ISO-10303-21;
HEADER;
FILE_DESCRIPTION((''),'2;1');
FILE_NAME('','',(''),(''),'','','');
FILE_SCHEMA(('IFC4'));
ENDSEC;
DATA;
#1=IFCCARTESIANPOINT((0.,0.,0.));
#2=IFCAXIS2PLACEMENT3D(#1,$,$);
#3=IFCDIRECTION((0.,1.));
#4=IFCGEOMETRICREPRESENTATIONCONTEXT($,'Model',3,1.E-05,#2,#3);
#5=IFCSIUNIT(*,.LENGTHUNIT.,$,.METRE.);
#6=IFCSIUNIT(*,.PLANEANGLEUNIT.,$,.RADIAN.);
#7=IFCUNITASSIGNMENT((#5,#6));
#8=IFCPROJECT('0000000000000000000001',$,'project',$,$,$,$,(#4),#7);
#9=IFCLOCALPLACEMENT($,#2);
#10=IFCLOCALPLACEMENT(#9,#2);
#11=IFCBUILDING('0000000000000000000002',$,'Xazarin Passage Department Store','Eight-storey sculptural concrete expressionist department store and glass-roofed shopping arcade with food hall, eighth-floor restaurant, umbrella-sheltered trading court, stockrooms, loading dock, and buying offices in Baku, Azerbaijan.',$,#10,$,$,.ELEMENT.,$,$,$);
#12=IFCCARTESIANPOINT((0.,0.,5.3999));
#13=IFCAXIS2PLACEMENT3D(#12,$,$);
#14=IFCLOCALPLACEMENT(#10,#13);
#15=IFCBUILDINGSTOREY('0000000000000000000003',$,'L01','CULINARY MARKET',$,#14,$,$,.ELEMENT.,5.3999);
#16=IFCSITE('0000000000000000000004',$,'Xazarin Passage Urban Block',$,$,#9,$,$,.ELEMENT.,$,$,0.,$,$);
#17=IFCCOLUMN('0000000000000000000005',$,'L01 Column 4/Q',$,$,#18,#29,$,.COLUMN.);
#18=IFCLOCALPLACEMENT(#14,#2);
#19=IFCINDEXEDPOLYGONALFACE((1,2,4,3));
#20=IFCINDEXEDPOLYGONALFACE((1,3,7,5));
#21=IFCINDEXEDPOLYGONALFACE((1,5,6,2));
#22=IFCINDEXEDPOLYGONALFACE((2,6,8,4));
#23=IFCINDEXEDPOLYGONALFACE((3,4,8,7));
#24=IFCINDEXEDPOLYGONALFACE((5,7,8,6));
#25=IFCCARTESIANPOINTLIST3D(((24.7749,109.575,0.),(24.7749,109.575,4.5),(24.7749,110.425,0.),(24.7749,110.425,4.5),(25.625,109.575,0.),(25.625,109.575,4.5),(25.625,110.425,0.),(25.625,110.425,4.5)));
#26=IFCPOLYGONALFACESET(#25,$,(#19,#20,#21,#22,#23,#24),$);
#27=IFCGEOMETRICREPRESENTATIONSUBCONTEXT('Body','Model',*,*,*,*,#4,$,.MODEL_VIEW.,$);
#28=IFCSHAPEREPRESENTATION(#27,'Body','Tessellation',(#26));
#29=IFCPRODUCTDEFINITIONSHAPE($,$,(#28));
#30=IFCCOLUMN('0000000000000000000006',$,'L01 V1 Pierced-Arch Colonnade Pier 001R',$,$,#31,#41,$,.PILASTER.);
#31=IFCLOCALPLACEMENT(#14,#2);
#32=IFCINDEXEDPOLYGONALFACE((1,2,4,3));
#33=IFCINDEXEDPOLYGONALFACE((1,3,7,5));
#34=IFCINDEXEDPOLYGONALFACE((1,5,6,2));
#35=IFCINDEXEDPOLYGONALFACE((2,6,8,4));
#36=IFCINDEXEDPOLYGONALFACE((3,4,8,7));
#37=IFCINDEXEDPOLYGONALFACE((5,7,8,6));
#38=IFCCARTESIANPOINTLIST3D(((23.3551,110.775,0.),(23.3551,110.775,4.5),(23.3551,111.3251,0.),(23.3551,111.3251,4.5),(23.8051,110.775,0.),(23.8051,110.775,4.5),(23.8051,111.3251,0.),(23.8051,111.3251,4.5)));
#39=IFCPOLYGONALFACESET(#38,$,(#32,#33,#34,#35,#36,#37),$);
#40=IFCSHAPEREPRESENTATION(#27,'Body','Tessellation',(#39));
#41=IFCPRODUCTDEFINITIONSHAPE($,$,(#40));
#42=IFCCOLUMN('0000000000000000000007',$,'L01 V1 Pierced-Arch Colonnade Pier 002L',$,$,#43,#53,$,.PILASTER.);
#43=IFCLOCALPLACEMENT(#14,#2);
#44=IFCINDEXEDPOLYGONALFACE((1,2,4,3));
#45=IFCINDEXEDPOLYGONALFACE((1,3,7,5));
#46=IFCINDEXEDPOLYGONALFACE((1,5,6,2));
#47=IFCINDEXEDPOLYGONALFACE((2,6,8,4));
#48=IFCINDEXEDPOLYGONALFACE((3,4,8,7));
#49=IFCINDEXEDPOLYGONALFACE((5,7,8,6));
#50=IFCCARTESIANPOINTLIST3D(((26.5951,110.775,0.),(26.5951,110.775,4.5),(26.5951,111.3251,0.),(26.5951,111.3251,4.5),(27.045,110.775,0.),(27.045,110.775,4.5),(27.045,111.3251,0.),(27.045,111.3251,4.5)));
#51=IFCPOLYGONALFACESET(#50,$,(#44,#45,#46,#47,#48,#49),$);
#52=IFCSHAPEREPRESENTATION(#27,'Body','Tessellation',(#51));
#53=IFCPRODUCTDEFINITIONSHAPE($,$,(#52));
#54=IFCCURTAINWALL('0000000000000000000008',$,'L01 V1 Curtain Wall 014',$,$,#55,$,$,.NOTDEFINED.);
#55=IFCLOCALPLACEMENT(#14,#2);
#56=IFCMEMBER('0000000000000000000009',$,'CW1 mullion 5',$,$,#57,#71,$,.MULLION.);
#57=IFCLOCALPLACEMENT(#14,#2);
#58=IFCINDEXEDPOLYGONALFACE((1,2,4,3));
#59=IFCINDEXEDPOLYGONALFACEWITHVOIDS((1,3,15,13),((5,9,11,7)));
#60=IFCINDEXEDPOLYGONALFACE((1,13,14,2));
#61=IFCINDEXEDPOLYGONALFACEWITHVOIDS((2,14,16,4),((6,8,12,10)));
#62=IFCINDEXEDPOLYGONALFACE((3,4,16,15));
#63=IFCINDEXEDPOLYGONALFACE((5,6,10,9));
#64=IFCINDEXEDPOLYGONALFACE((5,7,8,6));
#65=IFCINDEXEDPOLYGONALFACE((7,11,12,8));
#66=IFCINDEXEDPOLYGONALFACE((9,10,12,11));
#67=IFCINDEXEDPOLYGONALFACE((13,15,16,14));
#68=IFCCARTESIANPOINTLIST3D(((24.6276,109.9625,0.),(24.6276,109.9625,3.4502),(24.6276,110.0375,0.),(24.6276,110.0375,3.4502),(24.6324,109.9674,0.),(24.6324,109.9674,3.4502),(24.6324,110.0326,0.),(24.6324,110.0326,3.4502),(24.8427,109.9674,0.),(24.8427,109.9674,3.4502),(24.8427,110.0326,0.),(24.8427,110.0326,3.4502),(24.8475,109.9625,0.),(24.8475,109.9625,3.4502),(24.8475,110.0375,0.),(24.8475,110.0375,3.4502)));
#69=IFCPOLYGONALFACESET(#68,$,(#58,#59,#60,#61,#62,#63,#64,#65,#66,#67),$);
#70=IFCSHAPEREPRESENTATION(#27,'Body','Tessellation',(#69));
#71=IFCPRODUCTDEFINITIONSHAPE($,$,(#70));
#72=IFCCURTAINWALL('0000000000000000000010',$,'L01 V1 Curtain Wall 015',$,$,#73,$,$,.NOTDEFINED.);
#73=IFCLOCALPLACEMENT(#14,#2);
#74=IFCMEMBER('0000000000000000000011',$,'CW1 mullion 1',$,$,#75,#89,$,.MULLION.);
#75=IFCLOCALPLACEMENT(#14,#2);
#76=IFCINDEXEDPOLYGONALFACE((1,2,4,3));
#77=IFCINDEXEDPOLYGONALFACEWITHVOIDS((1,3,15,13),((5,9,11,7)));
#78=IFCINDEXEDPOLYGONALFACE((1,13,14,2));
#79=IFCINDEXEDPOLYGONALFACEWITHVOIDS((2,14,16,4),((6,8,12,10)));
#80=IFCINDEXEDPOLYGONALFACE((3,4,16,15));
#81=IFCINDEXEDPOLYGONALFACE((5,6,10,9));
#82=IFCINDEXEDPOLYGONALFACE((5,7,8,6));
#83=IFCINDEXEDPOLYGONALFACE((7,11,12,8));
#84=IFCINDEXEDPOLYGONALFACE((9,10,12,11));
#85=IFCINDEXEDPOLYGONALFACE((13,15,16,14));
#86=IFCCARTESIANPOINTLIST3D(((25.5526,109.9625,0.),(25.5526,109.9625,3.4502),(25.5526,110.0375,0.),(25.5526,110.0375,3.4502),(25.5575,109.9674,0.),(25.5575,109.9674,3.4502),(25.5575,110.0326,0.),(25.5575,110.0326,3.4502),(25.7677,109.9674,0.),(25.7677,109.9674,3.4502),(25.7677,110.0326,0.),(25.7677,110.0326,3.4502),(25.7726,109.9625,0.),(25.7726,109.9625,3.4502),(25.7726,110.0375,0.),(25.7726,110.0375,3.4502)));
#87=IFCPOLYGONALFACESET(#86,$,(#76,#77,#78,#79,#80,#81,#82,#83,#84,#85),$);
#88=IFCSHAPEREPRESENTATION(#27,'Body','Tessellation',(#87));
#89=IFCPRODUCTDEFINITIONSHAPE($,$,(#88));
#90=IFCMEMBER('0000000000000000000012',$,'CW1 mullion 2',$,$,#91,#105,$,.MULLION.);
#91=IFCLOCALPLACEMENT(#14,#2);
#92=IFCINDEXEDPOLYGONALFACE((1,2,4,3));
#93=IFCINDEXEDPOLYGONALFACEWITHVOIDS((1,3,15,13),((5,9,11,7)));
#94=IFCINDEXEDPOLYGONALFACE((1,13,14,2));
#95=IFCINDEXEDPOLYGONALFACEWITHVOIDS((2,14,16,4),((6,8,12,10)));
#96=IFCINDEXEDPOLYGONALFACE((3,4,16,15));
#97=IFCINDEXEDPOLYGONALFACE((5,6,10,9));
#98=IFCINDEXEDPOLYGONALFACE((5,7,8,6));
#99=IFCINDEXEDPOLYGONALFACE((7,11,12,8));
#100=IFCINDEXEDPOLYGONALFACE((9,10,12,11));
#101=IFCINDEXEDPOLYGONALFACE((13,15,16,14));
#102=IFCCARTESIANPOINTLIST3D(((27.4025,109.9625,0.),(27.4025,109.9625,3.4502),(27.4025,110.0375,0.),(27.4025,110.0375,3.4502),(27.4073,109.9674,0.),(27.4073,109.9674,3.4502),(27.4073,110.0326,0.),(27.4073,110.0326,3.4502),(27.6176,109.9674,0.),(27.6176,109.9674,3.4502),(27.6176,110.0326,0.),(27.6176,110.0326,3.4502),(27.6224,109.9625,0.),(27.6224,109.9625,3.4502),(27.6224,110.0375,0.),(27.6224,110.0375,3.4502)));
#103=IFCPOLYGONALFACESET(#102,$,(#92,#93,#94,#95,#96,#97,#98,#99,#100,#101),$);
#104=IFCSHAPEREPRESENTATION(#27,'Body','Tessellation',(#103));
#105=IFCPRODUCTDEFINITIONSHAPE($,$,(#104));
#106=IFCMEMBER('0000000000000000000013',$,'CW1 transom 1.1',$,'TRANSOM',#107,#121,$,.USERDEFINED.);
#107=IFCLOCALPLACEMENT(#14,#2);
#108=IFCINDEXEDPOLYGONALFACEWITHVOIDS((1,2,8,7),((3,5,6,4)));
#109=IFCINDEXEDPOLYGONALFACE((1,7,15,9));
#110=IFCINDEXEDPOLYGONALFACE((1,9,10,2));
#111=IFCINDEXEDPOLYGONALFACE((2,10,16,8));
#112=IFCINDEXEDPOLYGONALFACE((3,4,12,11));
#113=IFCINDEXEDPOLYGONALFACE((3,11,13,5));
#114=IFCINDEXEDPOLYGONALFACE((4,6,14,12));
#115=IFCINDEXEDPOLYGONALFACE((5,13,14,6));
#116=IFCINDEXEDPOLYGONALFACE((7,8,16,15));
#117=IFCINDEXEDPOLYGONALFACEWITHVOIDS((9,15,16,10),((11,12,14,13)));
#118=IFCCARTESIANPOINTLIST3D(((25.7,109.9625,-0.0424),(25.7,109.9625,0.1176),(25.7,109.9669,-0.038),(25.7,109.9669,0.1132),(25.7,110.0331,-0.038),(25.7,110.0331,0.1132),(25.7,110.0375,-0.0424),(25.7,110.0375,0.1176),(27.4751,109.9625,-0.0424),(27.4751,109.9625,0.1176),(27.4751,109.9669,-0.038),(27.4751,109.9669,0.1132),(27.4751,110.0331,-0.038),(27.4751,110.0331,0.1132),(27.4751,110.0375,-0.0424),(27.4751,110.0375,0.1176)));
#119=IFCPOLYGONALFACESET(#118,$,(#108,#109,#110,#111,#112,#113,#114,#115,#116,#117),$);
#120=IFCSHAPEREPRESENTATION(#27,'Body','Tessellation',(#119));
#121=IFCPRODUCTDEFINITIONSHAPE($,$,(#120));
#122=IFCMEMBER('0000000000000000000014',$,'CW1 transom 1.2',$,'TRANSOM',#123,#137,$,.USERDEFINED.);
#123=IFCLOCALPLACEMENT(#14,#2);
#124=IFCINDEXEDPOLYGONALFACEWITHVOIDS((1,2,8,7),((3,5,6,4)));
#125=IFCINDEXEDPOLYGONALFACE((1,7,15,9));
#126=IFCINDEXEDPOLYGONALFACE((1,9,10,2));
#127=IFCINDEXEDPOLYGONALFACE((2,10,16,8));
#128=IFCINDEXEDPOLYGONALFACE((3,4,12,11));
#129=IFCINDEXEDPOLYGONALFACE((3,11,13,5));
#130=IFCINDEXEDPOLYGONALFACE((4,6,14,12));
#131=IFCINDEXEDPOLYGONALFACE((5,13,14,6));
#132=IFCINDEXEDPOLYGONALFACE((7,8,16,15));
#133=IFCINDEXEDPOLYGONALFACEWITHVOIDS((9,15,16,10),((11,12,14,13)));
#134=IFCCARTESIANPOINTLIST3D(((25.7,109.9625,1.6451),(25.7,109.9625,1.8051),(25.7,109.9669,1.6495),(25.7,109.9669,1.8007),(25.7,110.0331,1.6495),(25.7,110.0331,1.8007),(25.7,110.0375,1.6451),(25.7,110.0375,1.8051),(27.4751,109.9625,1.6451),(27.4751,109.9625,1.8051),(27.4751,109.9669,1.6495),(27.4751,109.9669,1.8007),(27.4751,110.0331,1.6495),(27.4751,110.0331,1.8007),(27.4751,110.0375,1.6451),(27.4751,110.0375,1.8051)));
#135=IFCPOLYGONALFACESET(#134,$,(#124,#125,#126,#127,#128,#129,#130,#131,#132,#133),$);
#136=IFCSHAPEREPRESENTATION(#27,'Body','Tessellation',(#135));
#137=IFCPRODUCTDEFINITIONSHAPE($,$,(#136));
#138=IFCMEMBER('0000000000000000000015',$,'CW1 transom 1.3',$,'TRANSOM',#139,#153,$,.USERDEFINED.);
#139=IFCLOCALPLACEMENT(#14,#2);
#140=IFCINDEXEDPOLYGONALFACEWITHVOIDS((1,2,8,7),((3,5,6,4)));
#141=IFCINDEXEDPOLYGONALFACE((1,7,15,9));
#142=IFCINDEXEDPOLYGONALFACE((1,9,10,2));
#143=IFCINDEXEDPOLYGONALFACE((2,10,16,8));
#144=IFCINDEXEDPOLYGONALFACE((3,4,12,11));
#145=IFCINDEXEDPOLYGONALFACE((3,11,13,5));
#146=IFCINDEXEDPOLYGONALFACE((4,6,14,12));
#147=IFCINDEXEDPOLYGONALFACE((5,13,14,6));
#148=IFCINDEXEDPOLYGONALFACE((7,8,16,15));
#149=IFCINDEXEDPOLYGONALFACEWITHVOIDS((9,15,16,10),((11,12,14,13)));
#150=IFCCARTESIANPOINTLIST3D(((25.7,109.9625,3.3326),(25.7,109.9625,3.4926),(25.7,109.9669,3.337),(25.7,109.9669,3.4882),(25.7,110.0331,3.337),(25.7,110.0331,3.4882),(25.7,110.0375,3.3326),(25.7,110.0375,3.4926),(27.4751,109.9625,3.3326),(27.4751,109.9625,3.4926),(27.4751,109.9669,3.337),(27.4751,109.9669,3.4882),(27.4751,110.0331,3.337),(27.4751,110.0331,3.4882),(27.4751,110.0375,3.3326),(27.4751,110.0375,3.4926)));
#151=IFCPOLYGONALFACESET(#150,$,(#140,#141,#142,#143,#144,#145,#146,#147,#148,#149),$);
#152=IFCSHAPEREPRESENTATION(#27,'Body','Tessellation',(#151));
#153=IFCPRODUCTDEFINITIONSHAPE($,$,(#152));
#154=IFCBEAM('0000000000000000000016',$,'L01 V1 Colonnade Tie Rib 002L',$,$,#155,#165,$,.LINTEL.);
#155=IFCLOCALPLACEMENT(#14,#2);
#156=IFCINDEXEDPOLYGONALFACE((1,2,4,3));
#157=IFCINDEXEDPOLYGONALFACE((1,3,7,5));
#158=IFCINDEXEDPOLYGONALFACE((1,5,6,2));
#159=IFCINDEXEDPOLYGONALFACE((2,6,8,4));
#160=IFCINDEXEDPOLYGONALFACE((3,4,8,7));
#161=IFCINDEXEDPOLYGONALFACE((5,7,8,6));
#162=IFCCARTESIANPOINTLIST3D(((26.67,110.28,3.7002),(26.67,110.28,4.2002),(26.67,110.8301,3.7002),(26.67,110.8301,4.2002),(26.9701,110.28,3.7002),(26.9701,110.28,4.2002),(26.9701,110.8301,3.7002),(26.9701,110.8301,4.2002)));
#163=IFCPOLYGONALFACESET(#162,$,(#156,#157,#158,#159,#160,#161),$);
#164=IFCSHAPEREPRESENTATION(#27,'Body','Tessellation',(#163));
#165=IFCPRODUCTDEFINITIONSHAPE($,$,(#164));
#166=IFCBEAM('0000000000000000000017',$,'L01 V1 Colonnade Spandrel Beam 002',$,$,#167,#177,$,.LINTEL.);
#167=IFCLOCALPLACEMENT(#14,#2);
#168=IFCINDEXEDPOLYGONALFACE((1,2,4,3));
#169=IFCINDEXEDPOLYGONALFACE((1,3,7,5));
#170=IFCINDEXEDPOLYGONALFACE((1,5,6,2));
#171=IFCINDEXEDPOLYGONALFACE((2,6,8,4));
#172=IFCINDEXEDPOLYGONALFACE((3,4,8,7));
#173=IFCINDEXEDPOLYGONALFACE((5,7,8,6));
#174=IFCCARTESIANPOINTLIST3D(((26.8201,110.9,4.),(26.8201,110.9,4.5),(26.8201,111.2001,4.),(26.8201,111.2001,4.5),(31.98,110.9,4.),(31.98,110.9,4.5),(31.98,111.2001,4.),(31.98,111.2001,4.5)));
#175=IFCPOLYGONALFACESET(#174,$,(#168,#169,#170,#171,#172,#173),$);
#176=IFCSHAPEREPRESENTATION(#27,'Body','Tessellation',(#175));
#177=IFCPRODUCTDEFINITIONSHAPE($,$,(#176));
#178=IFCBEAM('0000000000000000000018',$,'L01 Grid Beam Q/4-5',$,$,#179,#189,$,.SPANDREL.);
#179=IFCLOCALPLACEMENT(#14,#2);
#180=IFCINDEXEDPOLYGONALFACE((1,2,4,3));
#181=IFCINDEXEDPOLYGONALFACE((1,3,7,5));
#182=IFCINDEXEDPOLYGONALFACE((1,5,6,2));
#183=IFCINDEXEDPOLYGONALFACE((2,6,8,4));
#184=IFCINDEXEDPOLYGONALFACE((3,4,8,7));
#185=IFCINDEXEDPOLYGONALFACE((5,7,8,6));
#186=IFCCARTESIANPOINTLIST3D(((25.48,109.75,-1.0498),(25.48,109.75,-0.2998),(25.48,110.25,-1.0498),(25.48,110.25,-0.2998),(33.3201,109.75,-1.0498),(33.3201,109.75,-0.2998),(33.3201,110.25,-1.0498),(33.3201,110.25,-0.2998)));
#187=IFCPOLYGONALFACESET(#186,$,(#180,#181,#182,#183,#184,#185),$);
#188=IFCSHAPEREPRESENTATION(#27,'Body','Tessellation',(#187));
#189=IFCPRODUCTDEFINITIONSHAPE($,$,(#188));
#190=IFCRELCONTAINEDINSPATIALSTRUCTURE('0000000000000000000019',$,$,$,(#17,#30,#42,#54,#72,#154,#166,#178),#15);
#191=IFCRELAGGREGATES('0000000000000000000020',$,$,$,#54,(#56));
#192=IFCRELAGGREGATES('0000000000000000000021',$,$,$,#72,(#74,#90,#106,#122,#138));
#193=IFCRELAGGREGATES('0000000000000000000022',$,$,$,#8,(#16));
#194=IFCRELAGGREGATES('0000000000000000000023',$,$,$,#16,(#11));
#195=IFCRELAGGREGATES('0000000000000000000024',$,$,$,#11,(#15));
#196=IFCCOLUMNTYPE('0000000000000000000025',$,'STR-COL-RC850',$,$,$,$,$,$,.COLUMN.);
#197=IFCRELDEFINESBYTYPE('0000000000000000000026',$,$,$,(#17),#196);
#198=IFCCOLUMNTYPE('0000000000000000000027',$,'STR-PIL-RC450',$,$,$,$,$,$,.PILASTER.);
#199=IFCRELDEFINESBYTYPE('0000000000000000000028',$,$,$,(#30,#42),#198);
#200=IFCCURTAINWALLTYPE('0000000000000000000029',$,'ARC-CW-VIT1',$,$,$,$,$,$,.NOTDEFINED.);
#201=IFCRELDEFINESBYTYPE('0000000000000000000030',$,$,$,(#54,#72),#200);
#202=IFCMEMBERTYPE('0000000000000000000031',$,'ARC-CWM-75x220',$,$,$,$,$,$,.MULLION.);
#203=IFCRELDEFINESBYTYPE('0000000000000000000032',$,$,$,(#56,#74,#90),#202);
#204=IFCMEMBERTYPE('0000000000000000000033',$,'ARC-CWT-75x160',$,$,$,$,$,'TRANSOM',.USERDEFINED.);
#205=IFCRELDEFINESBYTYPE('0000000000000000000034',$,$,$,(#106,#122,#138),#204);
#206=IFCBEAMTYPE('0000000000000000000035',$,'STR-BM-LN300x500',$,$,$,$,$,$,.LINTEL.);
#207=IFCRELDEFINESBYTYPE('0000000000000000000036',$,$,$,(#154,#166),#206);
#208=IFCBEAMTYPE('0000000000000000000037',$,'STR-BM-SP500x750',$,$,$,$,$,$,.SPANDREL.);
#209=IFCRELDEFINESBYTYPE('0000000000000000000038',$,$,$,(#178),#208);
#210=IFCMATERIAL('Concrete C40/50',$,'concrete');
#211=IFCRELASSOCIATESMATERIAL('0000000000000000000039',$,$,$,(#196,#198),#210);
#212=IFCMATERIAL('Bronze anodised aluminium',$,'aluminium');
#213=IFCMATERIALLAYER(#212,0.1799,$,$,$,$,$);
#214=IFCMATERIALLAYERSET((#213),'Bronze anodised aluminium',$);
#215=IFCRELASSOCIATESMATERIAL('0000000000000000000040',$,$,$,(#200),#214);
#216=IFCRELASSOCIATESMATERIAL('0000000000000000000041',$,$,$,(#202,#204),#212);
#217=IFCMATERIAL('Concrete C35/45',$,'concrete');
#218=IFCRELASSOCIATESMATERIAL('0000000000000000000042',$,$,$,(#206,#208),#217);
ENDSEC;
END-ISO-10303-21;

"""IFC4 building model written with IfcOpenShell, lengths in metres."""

from ifc_helpers import new_model, si_unit, direction, frame, origin, origin_2d, place, context, subcontext, project, spatial, rectangle, hollow_rectangle, extrude, material, layer, layer_set, material_profile, profile_set, type_object, element, aggregate, save


model = new_model("IFC4")

# Units and contexts
model_context = context("Model", 3, precision=1e-05, world=origin(), true_north=direction((0.0, 1.0)))
body_context = subcontext(model_context, "Body", "Model", "MODEL_VIEW")
ifc_project = project(units=[si_unit("LENGTHUNIT", "METRE"), si_unit("PLANEANGLEUNIT", "RADIAN")], contexts=[model_context])

# Site, building, storey
site_placement = place(None, origin())
site = spatial("IfcSite", under=ifc_project, at=site_placement, Name="Xazarin Passage Urban Block", CompositionType="ELEMENT", RefElevation=0.0)
building_placement = place(site_placement, origin())
building = spatial("IfcBuilding", under=site, at=building_placement, Name="Xazarin Passage Department Store", Description="Eight-storey sculptural concrete expressionist department store and glass-roofed shopping arcade with food hall, eighth-floor restaurant, umbrella-sheltered trading court, stockrooms, loading dock, and buying offices in Baku, Azerbaijan.", CompositionType="ELEMENT")
storey_placement = place(building_placement, frame((0.0, 0.0, 5.3999)))
storey = spatial("IfcBuildingStorey", under=building, at=storey_placement, Name="L01", Description="CULINARY MARKET", CompositionType="ELEMENT", Elevation=5.3999)

# Columns
ifc_material_1 = material(Name="Concrete C40/50", Category="concrete")
ifc_material_profile_1 = material_profile(ifc_material_1, rectangle(XDim=0.8501, YDim=0.8501, at=origin_2d()), Name="RC 850x850")
ifc_profile_set_1 = profile_set([ifc_material_profile_1], Name="Concrete C40/50")
column_type_1 = type_object("IfcColumnType", Name="STR-COL-RC850", PredefinedType="COLUMN", material=ifc_profile_set_1)
column_placement = place(storey_placement, frame((25.2, 110.0, 0.0), z_axis=(0.0, 0.0, 1.0), x_axis=(1.0, 0.0, 0.0)))
element("IfcColumn", 1, at=column_placement, inside=storey, type_object=column_type_1, Name="L01 Column 4/Q", PredefinedType="COLUMN", context=body_context, shape_type="SweptSolid", body=[
    extrude(rectangle(XDim=0.8501, YDim=0.8501, at=origin_2d()), origin(), (0.0, 0.0, 1.0), 4.5),
])
ifc_material_profile_2 = material_profile(ifc_material_1, rectangle(XDim=0.45, YDim=0.55, at=origin_2d()), Name="RC 450x550")
ifc_profile_set_2 = profile_set([ifc_material_profile_2], Name="Concrete C40/50")
column_type_2 = type_object("IfcColumnType", Name="STR-PIL-RC450", PredefinedType="PILASTER", material=ifc_profile_set_2)
for number, where, z_axis, x_axis, name in (
    (2, (23.5801, 111.05, 0.0), (0.0, 0.0, 1.0), (1.0, 0.0, 0.0), "L01 V1 Pierced-Arch Colonnade Pier 001R"),
    (3, (26.8201, 111.05, 0.0), (0.0, 0.0, 1.0), (1.0, 0.0, 0.0), "L01 V1 Pierced-Arch Colonnade Pier 002L"),
):
    element("IfcColumn", number, at=place(storey_placement, frame(where, z_axis=z_axis, x_axis=x_axis)), inside=storey, type_object=column_type_2, Name=name, PredefinedType="PILASTER", context=body_context, shape_type="SweptSolid", body=[
        extrude(rectangle(XDim=0.45, YDim=0.55, at=origin_2d()), origin(), (0.0, 0.0, 1.0), 4.5),
    ])

# Curtain wall, member
ifc_material_2 = material(Name="Bronze anodised aluminium", Category="aluminium")
ifc_layer_1 = layer(ifc_material_2, 0.1799)
ifc_layer_set_1 = layer_set([ifc_layer_1], Name="Bronze anodised aluminium")
curtain_wall_type = type_object("IfcCurtainWallType", Name="ARC-CW-VIT1", PredefinedType="NOTDEFINED", material=ifc_layer_set_1)
curtain_wall_1_placement = place(storey_placement, origin())
curtain_wall_1 = element("IfcCurtainWall", 4, at=curtain_wall_1_placement, inside=storey, type_object=curtain_wall_type, Name="L01 V1 Curtain Wall 014", PredefinedType="NOTDEFINED")
ifc_material_profile_3 = material_profile(ifc_material_2, hollow_rectangle(XDim=0.075, YDim=0.22, WallThickness=0.0049, at=origin_2d()), Name="ALU 75x220")
ifc_profile_set_3 = profile_set([ifc_material_profile_3], Name="Bronze anodised aluminium")
member_type_1 = type_object("IfcMemberType", Name="ARC-CWM-75x220", PredefinedType="MULLION", material=ifc_profile_set_3)
member_1_placement = place(storey_placement, frame((24.7375, 110.0, 0.0), z_axis=(0.0, 0.0, 1.0), x_axis=(0.0, 1.0, 0.0)))
member_1 = element("IfcMember", 5, at=member_1_placement, type_object=member_type_1, Name="CW1 mullion 5", PredefinedType="MULLION", context=body_context, shape_type="SweptSolid", body=[
    extrude(hollow_rectangle(XDim=0.075, YDim=0.22, WallThickness=0.0049, at=origin_2d()), origin(), (0.0, 0.0, 1.0), 3.4502),
])

# Curtain wall, members
curtain_wall_2_placement = place(storey_placement, origin())
curtain_wall_2 = element("IfcCurtainWall", 6, at=curtain_wall_2_placement, inside=storey, type_object=curtain_wall_type, Name="L01 V1 Curtain Wall 015", PredefinedType="NOTDEFINED")
member_2_placement = place(storey_placement, frame((25.6626, 110.0, 0.0), z_axis=(0.0, 0.0, 1.0), x_axis=(0.0, 1.0, 0.0)))
member_2 = element("IfcMember", 7, at=member_2_placement, type_object=member_type_1, Name="CW1 mullion 1", PredefinedType="MULLION", context=body_context, shape_type="SweptSolid", body=[
    extrude(hollow_rectangle(XDim=0.075, YDim=0.22, WallThickness=0.0049, at=origin_2d()), origin(), (0.0, 0.0, 1.0), 3.4502),
])
member_3_placement = place(storey_placement, frame((27.5125, 110.0, 0.0), z_axis=(0.0, 0.0, 1.0), x_axis=(0.0, 1.0, 0.0)))
member_3 = element("IfcMember", 8, at=member_3_placement, type_object=member_type_1, Name="CW1 mullion 2", PredefinedType="MULLION", context=body_context, shape_type="SweptSolid", body=[
    extrude(hollow_rectangle(XDim=0.075, YDim=0.22, WallThickness=0.0049, at=origin_2d()), origin(), (0.0, 0.0, 1.0), 3.4502),
])
ifc_material_profile_4 = material_profile(ifc_material_2, hollow_rectangle(XDim=0.075, YDim=0.1599, WallThickness=0.0044, at=origin_2d()), Name="ALU 75x160")
ifc_profile_set_4 = profile_set([ifc_material_profile_4], Name="Bronze anodised aluminium")
member_type_2 = type_object("IfcMemberType", Name="ARC-CWT-75x160", ElementType="TRANSOM", PredefinedType="USERDEFINED", material=ifc_profile_set_4)
member_4_placement = place(storey_placement, frame((25.7, 110.0, 0.0376), z_axis=(1.0, 0.0, 0.0), x_axis=(0.0, 1.0, 0.0)))
member_4 = element("IfcMember", 9, at=member_4_placement, type_object=member_type_2, Name="CW1 transom 1.1", ObjectType="TRANSOM", PredefinedType="USERDEFINED", context=body_context, shape_type="SweptSolid", body=[
    extrude(hollow_rectangle(XDim=0.075, YDim=0.1599, WallThickness=0.0044, at=origin_2d()), origin(), (0.0, 0.0, 1.0), 1.7751),
])
member_5_placement = place(storey_placement, frame((25.7, 110.0, 1.7251), z_axis=(1.0, 0.0, 0.0), x_axis=(0.0, 1.0, 0.0)))
member_5 = element("IfcMember", 10, at=member_5_placement, type_object=member_type_2, Name="CW1 transom 1.2", ObjectType="TRANSOM", PredefinedType="USERDEFINED", context=body_context, shape_type="SweptSolid", body=[
    extrude(hollow_rectangle(XDim=0.075, YDim=0.1599, WallThickness=0.0044, at=origin_2d()), origin(), (0.0, 0.0, 1.0), 1.7751),
])
member_6_placement = place(storey_placement, frame((25.7, 110.0, 3.4126), z_axis=(1.0, 0.0, 0.0), x_axis=(0.0, 1.0, 0.0)))
member_6 = element("IfcMember", 11, at=member_6_placement, type_object=member_type_2, Name="CW1 transom 1.3", ObjectType="TRANSOM", PredefinedType="USERDEFINED", context=body_context, shape_type="SweptSolid", body=[
    extrude(hollow_rectangle(XDim=0.075, YDim=0.1599, WallThickness=0.0044, at=origin_2d()), origin(), (0.0, 0.0, 1.0), 1.7751),
])

# Beams
ifc_material_3 = material(Name="Concrete C35/45", Category="concrete")
ifc_material_profile_5 = material_profile(ifc_material_3, rectangle(XDim=0.3, YDim=0.5, at=origin_2d()), Name="RC 300x500")
ifc_profile_set_5 = profile_set([ifc_material_profile_5], Name="Concrete C35/45")
beam_type_1 = type_object("IfcBeamType", Name="STR-BM-LN300x500", PredefinedType="LINTEL", material=ifc_profile_set_5)
beam_1_placement = place(storey_placement, frame((26.8201, 110.28, 3.9502), z_axis=(0.0, 1.0, 0.0), x_axis=(-1.0, 0.0, 0.0)))
element("IfcBeam", 12, at=beam_1_placement, inside=storey, type_object=beam_type_1, Name="L01 V1 Colonnade Tie Rib 002L", PredefinedType="LINTEL", context=body_context, shape_type="SweptSolid", body=[
    extrude(rectangle(XDim=0.3, YDim=0.5, at=origin_2d()), origin(), (0.0, 0.0, 1.0), 0.55),
])
beam_2_placement = place(storey_placement, frame((26.8201, 111.05, 4.25), z_axis=(1.0, 0.0, 0.0), x_axis=(0.0, 1.0, 0.0)))
element("IfcBeam", 13, at=beam_2_placement, inside=storey, type_object=beam_type_1, Name="L01 V1 Colonnade Spandrel Beam 002", PredefinedType="LINTEL", context=body_context, shape_type="SweptSolid", body=[
    extrude(rectangle(XDim=0.3, YDim=0.5, at=origin_2d()), origin(), (0.0, 0.0, 1.0), 5.1599),
])
ifc_material_profile_6 = material_profile(ifc_material_3, rectangle(XDim=0.5, YDim=0.75, at=origin_2d()), Name="RC 500x750")
ifc_profile_set_6 = profile_set([ifc_material_profile_6], Name="Concrete C35/45")
beam_type_2 = type_object("IfcBeamType", Name="STR-BM-SP500x750", PredefinedType="SPANDREL", material=ifc_profile_set_6)
beam_3_placement = place(storey_placement, frame((25.48, 110.0, -0.6748), z_axis=(1.0, 0.0, 0.0), x_axis=(0.0, 1.0, 0.0)))
element("IfcBeam", 14, at=beam_3_placement, inside=storey, type_object=beam_type_2, Name="L01 Grid Beam Q/4-5", PredefinedType="SPANDREL", context=body_context, shape_type="SweptSolid", body=[
    extrude(rectangle(XDim=0.5, YDim=0.75, at=origin_2d()), origin(), (0.0, 0.0, 1.0), 7.8401),
])

aggregate(curtain_wall_1, [member_1])
aggregate(curtain_wall_2, [member_2, member_3, member_4, member_5, member_6])

save(model, "model.ifc")
